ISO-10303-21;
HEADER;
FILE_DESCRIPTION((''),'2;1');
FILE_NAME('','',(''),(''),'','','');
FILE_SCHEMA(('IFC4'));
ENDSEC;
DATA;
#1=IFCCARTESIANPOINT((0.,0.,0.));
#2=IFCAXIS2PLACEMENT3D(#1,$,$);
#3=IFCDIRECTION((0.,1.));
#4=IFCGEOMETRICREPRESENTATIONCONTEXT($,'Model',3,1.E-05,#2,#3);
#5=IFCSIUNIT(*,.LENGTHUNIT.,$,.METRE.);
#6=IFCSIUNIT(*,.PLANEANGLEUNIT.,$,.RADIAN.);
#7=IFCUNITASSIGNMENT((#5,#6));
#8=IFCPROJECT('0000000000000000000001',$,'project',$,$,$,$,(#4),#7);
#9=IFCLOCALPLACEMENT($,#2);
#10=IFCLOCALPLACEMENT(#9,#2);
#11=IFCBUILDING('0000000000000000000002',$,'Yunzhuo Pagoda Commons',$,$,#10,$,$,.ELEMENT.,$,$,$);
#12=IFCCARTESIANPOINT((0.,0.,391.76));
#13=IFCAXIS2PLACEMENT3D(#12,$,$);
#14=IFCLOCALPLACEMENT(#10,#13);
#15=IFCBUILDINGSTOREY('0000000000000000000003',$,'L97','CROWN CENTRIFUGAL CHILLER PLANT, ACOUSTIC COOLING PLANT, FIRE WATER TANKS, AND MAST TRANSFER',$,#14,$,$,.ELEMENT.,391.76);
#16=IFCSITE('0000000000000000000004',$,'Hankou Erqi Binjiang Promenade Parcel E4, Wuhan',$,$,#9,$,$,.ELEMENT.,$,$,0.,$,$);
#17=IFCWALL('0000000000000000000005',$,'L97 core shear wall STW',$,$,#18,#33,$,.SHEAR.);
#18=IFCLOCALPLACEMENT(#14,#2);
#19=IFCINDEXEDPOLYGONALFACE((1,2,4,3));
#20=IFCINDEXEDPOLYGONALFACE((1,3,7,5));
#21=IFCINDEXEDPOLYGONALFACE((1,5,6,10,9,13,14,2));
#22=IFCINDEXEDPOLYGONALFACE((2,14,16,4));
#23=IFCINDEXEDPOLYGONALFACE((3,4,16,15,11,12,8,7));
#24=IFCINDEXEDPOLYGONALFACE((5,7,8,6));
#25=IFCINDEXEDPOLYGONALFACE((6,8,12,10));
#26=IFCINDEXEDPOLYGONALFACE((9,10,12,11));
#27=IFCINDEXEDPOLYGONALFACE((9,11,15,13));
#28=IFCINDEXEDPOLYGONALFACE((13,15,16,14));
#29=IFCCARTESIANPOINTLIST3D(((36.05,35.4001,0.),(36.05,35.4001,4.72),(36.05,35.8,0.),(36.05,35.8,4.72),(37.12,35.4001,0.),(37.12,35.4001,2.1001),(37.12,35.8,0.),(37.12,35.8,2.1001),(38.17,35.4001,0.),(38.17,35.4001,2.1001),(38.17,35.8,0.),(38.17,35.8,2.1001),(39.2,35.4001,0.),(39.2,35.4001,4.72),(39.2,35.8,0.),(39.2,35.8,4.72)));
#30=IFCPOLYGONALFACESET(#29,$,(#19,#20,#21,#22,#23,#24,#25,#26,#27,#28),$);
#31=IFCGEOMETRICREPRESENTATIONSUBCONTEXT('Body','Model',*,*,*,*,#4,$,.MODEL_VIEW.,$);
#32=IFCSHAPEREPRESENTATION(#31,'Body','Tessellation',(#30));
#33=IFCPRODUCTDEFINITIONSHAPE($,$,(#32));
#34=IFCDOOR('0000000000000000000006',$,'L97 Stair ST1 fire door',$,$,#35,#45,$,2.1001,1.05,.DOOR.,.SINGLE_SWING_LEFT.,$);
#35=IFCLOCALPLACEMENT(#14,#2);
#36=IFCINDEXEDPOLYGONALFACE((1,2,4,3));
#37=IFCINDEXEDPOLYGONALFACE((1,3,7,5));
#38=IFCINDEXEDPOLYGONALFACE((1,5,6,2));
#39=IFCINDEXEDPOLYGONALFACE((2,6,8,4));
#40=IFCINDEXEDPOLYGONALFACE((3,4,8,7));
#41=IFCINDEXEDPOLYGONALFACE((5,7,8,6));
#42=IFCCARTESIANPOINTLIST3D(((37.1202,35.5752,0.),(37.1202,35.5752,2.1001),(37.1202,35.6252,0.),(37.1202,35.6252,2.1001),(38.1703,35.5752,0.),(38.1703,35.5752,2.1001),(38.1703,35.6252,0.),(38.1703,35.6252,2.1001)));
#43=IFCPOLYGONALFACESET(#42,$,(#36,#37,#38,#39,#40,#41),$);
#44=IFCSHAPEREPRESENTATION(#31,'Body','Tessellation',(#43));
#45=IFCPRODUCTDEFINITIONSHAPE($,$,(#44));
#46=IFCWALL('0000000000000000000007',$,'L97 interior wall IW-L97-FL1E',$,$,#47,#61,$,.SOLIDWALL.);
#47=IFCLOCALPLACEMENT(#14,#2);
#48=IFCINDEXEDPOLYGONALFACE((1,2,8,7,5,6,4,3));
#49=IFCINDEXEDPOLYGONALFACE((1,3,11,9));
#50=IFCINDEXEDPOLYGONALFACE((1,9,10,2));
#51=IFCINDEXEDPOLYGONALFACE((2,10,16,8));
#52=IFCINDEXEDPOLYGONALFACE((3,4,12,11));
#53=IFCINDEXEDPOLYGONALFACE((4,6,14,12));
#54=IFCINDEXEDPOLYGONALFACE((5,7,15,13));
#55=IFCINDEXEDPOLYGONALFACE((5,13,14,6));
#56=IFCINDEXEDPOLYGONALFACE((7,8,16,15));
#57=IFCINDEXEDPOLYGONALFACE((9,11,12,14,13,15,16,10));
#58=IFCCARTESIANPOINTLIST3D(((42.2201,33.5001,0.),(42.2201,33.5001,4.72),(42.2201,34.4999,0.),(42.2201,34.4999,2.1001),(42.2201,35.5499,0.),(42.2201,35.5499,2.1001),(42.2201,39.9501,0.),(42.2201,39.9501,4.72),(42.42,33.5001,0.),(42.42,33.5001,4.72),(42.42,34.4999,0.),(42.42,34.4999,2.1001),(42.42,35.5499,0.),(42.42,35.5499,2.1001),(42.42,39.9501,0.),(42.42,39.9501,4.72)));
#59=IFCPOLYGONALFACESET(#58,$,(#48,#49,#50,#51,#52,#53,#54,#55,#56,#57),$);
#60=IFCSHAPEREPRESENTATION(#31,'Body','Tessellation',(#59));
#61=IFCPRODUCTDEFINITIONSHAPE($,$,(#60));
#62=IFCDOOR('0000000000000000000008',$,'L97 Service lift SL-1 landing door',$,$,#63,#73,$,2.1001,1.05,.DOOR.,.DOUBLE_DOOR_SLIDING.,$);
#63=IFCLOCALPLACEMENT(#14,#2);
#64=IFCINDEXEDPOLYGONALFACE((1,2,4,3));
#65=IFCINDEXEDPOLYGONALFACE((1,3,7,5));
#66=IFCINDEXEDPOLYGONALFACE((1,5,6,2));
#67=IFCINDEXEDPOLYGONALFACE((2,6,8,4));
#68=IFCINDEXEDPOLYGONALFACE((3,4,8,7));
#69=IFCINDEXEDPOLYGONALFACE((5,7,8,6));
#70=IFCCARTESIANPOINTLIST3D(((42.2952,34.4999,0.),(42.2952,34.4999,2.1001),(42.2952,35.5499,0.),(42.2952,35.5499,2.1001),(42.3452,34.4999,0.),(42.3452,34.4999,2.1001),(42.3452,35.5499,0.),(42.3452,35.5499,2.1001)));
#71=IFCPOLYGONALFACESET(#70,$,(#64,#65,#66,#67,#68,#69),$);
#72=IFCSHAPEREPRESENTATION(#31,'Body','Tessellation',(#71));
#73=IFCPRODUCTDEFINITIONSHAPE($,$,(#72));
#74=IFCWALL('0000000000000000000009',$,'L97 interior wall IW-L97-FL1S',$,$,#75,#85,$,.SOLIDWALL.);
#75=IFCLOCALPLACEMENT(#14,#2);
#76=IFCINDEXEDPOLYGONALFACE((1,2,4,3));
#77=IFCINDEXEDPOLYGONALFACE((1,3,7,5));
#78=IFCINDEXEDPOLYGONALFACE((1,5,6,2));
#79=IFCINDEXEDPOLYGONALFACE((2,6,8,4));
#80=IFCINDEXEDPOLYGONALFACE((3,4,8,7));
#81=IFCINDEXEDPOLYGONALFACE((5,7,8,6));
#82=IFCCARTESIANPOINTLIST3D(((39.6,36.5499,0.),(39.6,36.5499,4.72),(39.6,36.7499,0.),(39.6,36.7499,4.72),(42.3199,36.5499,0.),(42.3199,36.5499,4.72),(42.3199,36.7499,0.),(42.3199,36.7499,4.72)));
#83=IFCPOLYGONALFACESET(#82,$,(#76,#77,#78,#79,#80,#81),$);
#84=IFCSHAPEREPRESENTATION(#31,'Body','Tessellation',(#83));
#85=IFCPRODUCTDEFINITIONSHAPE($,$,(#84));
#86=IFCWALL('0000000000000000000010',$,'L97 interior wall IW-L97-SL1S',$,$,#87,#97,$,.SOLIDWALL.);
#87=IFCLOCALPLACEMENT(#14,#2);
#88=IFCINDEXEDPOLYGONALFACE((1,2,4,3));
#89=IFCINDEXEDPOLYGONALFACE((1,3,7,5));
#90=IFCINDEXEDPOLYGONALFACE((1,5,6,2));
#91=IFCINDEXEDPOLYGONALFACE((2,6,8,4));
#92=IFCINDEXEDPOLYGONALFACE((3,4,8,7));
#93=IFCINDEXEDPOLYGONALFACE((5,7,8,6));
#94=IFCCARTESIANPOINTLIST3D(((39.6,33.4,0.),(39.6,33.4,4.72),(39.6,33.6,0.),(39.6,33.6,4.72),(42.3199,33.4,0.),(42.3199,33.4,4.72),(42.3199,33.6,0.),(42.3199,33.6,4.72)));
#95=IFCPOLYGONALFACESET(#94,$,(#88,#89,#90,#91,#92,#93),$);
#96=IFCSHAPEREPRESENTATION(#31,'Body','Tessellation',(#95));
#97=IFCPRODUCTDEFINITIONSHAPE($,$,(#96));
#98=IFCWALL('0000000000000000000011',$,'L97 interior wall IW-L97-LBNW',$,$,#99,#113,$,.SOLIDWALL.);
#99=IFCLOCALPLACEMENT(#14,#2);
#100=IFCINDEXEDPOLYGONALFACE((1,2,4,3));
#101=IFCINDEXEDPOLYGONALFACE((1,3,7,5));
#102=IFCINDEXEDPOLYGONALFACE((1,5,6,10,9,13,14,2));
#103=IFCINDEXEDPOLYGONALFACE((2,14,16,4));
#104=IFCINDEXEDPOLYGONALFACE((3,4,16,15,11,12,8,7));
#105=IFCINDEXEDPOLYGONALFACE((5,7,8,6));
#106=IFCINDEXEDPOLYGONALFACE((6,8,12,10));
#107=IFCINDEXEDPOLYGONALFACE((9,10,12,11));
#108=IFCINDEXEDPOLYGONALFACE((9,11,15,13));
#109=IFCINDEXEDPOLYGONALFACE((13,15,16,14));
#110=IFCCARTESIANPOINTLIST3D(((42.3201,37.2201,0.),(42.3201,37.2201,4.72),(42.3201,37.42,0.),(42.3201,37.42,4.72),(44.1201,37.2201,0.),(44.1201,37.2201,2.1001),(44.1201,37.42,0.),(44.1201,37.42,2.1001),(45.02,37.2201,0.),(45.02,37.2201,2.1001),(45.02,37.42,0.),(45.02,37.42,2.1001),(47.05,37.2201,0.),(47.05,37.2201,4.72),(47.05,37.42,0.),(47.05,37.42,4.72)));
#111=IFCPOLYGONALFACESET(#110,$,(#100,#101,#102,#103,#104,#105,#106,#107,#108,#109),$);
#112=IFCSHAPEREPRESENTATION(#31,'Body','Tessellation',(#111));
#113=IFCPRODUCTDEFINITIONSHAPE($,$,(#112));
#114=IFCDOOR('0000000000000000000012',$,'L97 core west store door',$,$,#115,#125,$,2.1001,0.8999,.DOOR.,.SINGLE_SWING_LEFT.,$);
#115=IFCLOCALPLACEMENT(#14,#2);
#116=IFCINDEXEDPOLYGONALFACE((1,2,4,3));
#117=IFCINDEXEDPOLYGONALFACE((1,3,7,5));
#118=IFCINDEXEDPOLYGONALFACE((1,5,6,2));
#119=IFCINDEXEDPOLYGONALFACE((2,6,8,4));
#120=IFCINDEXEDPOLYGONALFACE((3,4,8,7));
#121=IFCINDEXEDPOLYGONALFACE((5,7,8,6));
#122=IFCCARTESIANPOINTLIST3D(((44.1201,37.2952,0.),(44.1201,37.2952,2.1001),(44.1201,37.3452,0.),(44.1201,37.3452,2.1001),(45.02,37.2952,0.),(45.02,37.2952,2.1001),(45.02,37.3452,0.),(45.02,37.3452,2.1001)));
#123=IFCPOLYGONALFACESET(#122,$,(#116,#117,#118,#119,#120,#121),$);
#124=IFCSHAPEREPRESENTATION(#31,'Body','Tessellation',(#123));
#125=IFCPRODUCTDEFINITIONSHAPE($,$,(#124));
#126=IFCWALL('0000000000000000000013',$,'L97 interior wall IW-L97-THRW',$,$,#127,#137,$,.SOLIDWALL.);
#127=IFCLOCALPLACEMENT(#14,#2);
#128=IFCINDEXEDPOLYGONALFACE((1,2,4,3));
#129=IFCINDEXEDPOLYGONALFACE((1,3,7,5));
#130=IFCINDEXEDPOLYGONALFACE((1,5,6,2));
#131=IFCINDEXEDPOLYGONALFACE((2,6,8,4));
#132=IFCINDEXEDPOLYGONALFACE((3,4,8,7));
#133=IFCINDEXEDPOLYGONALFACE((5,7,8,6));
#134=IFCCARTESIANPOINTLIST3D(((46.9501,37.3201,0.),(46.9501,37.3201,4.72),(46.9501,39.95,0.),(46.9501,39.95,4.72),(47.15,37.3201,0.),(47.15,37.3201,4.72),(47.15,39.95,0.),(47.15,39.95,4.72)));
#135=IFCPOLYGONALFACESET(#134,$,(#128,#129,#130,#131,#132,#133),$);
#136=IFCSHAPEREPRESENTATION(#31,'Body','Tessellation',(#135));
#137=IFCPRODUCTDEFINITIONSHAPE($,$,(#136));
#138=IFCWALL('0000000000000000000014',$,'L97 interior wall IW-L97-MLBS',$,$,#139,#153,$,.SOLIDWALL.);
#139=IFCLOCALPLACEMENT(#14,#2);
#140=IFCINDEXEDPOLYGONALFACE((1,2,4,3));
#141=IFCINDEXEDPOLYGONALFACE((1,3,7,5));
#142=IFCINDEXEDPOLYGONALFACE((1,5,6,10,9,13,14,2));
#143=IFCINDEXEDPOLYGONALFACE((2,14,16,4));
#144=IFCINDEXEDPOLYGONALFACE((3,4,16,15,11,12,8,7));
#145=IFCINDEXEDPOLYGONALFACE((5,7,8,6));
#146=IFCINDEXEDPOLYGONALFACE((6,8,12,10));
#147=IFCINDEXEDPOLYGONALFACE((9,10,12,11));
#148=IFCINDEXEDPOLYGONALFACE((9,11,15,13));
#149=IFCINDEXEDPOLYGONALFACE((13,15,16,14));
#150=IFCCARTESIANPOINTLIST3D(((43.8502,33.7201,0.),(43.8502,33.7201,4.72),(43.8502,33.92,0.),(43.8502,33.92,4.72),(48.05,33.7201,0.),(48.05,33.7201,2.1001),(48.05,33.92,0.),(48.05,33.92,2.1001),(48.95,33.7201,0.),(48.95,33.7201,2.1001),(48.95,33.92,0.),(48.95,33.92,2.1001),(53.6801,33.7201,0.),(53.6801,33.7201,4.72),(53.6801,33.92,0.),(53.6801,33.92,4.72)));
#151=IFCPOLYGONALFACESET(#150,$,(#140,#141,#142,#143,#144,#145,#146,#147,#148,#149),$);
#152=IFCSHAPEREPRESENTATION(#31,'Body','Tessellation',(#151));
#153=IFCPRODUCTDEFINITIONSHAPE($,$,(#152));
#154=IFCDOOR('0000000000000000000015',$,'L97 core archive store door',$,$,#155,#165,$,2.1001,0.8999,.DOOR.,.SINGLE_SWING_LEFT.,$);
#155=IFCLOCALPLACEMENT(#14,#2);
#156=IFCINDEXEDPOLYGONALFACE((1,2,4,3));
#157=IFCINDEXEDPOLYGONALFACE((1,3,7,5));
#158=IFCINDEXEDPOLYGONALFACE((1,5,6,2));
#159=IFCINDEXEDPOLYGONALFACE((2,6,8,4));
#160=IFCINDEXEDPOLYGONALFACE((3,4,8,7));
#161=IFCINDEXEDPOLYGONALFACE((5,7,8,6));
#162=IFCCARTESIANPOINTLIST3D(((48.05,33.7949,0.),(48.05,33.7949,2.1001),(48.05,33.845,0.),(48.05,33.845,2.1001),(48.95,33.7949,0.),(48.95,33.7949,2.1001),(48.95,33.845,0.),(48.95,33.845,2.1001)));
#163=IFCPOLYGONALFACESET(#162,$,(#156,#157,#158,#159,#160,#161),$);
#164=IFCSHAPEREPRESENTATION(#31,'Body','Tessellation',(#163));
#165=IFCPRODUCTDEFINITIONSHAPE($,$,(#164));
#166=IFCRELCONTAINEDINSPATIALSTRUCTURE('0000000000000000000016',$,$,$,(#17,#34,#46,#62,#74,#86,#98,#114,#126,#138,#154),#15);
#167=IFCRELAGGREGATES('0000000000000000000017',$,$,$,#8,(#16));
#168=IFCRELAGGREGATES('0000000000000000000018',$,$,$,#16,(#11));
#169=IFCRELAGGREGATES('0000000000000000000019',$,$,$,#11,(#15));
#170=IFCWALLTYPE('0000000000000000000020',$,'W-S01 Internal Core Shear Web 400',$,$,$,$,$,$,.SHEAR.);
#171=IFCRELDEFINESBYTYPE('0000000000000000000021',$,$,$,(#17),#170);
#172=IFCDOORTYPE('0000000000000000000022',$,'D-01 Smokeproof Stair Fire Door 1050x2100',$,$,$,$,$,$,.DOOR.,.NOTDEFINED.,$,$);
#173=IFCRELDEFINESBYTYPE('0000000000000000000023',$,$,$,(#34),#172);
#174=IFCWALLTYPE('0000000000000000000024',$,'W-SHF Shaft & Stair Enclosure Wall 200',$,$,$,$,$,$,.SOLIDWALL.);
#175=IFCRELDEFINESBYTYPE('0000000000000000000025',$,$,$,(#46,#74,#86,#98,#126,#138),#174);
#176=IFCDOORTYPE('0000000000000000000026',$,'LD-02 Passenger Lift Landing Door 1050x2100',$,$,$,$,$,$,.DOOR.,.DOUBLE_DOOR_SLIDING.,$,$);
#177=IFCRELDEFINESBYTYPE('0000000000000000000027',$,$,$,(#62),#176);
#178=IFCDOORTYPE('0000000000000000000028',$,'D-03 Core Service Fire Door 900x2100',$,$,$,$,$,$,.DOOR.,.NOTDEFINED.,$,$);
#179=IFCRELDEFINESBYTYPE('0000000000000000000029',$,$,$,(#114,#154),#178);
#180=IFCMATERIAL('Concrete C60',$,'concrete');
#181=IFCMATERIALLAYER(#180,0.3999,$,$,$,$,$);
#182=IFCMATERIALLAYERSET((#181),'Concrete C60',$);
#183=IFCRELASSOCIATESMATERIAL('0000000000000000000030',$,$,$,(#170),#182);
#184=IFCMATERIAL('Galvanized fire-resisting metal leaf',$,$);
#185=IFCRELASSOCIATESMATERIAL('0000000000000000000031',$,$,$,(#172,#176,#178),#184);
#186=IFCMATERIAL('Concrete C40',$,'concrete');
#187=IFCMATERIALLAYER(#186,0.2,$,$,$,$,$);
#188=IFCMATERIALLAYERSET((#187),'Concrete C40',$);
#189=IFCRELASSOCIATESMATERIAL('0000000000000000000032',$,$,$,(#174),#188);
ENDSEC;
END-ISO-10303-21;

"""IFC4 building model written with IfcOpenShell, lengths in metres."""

from ifc_helpers import new_model, si_unit, direction, frame, frame_2d, origin, origin_with_axes, place, context, subcontext, project, spatial, rectangle, extrude, source, transform, mapped, material, layer, layer_set, type_object, element, fill, save


model = new_model("IFC4")

# Units and contexts
model_context = context("Model", 3, precision=1e-05, world=origin(), true_north=direction((0.0, 1.0)))
body_context = subcontext(model_context, "Body", "Model", "MODEL_VIEW")
ifc_project = project(units=[si_unit("LENGTHUNIT", "METRE"), si_unit("PLANEANGLEUNIT", "RADIAN")], contexts=[model_context])

# Site, building, storey
site_placement = place(None, origin())
site = spatial("IfcSite", under=ifc_project, at=site_placement, Name="Hankou Erqi Binjiang Promenade Parcel E4, Wuhan", CompositionType="ELEMENT", RefElevation=0.0)
building_placement = place(site_placement, origin())
building = spatial("IfcBuilding", under=site, at=building_placement, Name="Yunzhuo Pagoda Commons", CompositionType="ELEMENT")
storey_placement = place(building_placement, frame((0.0, 0.0, 391.76)))
storey = spatial("IfcBuildingStorey", under=building, at=storey_placement, Name="L97", Description="CROWN CENTRIFUGAL CHILLER PLANT, ACOUSTIC COOLING PLANT, FIRE WATER TANKS, AND MAST TRANSFER", CompositionType="ELEMENT", Elevation=391.76)

# Walls, openings, doors
ifc_material_1 = material(Name="Concrete C60", Category="concrete")
ifc_layer_1 = layer(ifc_material_1, 0.3999)
ifc_layer_set_1 = layer_set([ifc_layer_1], Name="Concrete C60")
wall_type_1 = type_object("IfcWallType", Name="W-S01 Internal Core Shear Web 400", PredefinedType="SHEAR", material=ifc_layer_set_1)
wall_1_placement = place(storey_placement, frame((36.05, 35.6001, 0.0), z_axis=(0.0, 0.0, 1.0), x_axis=(1.0, 0.0, 0.0)))
wall_1 = element("IfcWall", 1, at=wall_1_placement, inside=storey, type_object=wall_type_1, Name="L97 core shear wall STW", PredefinedType="SHEAR", context=body_context, shape_type="SweptSolid", body=[
    extrude(rectangle(XDim=3.1499, YDim=0.3999, at=frame_2d((1.575, 0.0))), origin(), (0.0, 0.0, 1.0), 4.72),
])
opening_1_placement = place(wall_1_placement, frame((1.0701, 0.0, 0.0)))
opening_1 = element("IfcOpeningElement", 2, at=opening_1_placement, cuts=wall_1, PredefinedType="OPENING", context=body_context, shape_type="SweptSolid", body=[
    extrude(rectangle(XDim=1.05, YDim=2.1001, at=frame_2d((0.5249, 1.05))), frame((0.0, 0.21, 0.0), z_axis=(0.0, -1.0, 0.0), x_axis=(1.0, 0.0, 0.0)), (0.0, 0.0, 1.0), 0.4199),
])
ifc_material_2 = material(Name="Galvanized fire-resisting metal leaf")
door_type_1 = type_object("IfcDoorType", Name="D-01 Smokeproof Stair Fire Door 1050x2100", OperationType="NOTDEFINED", PredefinedType="DOOR", material=ifc_material_2)
shared_shape_1 = source(origin(), body_context, "Body", "SweptSolid", [
    extrude(rectangle(XDim=1.05, YDim=2.1001, at=frame_2d((0.5249, 1.05))), frame((0.0, 0.0249, 0.0), z_axis=(0.0, -1.0, 0.0), x_axis=(1.0, 0.0, 0.0)), (0.0, 0.0, 1.0), 0.05),
])
door_1_placement = place(opening_1_placement, frame((1.05, 0.0, 0.0), z_axis=(0.0, 0.0, 1.0), x_axis=(-1.0, 0.0, 0.0)))
door_1 = element("IfcDoor", 3, at=door_1_placement, inside=storey, type_object=door_type_1, Name="L97 Stair ST1 fire door", OperationType="SINGLE_SWING_LEFT", OverallHeight=2.1001, OverallWidth=1.05, PredefinedType="DOOR", context=body_context, shape_type="MappedRepresentation", body=[
    mapped(shared_shape_1, transform((0.0, 0.0, 0.0), scale=1.0)),
])
fill(opening_1, door_1)
ifc_material_3 = material(Name="Concrete C40", Category="concrete")
ifc_layer_2 = layer(ifc_material_3, 0.2)
ifc_layer_set_2 = layer_set([ifc_layer_2], Name="Concrete C40")
wall_type_2 = type_object("IfcWallType", Name="W-SHF Shaft & Stair Enclosure Wall 200", PredefinedType="SOLIDWALL", material=ifc_layer_set_2)
wall_2_placement = place(storey_placement, frame((42.3201, 33.5, 0.0), z_axis=(0.0, 0.0, 1.0), x_axis=(0.0, 1.0, 0.0)))
wall_2 = element("IfcWall", 4, at=wall_2_placement, inside=storey, type_object=wall_type_2, Name="L97 interior wall IW-L97-FL1E", PredefinedType="SOLIDWALL", context=body_context, shape_type="SweptSolid", body=[
    extrude(rectangle(XDim=6.45, YDim=0.2, at=frame_2d((3.2251, 0.0))), origin(), (0.0, 0.0, 1.0), 4.72),
])
opening_2_placement = place(wall_2_placement, frame((1.0, 0.0, 0.0)))
opening_2 = element("IfcOpeningElement", 5, at=opening_2_placement, cuts=wall_2, PredefinedType="OPENING", context=body_context, shape_type="SweptSolid", body=[
    extrude(rectangle(XDim=1.05, YDim=2.1001, at=frame_2d((0.5249, 1.05))), frame((0.0, 0.1099, 0.0), z_axis=(0.0, -1.0, 0.0), x_axis=(1.0, 0.0, 0.0)), (0.0, 0.0, 1.0), 0.22),
])
door_type_2 = type_object("IfcDoorType", Name="LD-02 Passenger Lift Landing Door 1050x2100", OperationType="DOUBLE_DOOR_SLIDING", PredefinedType="DOOR", material=ifc_material_2)
door_2_placement = place(opening_2_placement, origin_with_axes())
door_2 = element("IfcDoor", 6, at=door_2_placement, inside=storey, type_object=door_type_2, Name="L97 Service lift SL-1 landing door", OperationType="DOUBLE_DOOR_SLIDING", OverallHeight=2.1001, OverallWidth=1.05, PredefinedType="DOOR", context=body_context, shape_type="MappedRepresentation", body=[
    mapped(shared_shape_1, transform((0.0, 0.0, 0.0), scale=1.0)),
])
fill(opening_2, door_2)

# Walls
for number, where, z_axis, x_axis, name in (
    (7, (39.6001, 36.6499, 0.0), (0.0, 0.0, 1.0), (1.0, 0.0, 0.0), "L97 interior wall IW-L97-FL1S"),
    (8, (39.6001, 33.5, 0.0), (0.0, 0.0, 1.0), (1.0, 0.0, 0.0), "L97 interior wall IW-L97-SL1S"),
):
    element("IfcWall", number, at=place(storey_placement, frame(where, z_axis=z_axis, x_axis=x_axis)), inside=storey, type_object=wall_type_2, Name=name, PredefinedType="SOLIDWALL", context=body_context, shape_type="SweptSolid", body=[
        extrude(rectangle(XDim=2.72, YDim=0.2, at=frame_2d((1.3599, 0.0))), origin(), (0.0, 0.0, 1.0), 4.72),
    ])

# Wall, opening, door
wall_3_placement = place(storey_placement, frame((42.3201, 37.3201, 0.0), z_axis=(0.0, 0.0, 1.0), x_axis=(1.0, 0.0, 0.0)))
wall_3 = element("IfcWall", 9, at=wall_3_placement, inside=storey, type_object=wall_type_2, Name="L97 interior wall IW-L97-LBNW", PredefinedType="SOLIDWALL", context=body_context, shape_type="SweptSolid", body=[
    extrude(rectangle(XDim=4.73, YDim=0.2, at=frame_2d((2.365, 0.0))), origin(), (0.0, 0.0, 1.0), 4.72),
])
opening_3_placement = place(wall_3_placement, frame((1.8, 0.0, 0.0)))
opening_3 = element("IfcOpeningElement", 10, at=opening_3_placement, cuts=wall_3, PredefinedType="OPENING", context=body_context, shape_type="SweptSolid", body=[
    extrude(rectangle(XDim=0.8999, YDim=2.1001, at=frame_2d((0.45, 1.05))), frame((0.0, 0.1099, 0.0), z_axis=(0.0, -1.0, 0.0), x_axis=(1.0, 0.0, 0.0)), (0.0, 0.0, 1.0), 0.22),
])
door_type_3 = type_object("IfcDoorType", Name="D-03 Core Service Fire Door 900x2100", OperationType="NOTDEFINED", PredefinedType="DOOR", material=ifc_material_2)
shared_shape_2 = source(origin(), body_context, "Body", "SweptSolid", [
    extrude(rectangle(XDim=0.8999, YDim=2.1001, at=frame_2d((0.45, 1.05))), frame((0.0, 0.0249, 0.0), z_axis=(0.0, -1.0, 0.0), x_axis=(1.0, 0.0, 0.0)), (0.0, 0.0, 1.0), 0.05),
])
door_3_placement = place(opening_3_placement, frame((0.8999, 0.0, 0.0), z_axis=(0.0, 0.0, 1.0), x_axis=(-1.0, 0.0, 0.0)))
door_3 = element("IfcDoor", 11, at=door_3_placement, inside=storey, type_object=door_type_3, Name="L97 core west store door", OperationType="SINGLE_SWING_LEFT", OverallHeight=2.1001, OverallWidth=0.8999, PredefinedType="DOOR", context=body_context, shape_type="MappedRepresentation", body=[
    mapped(shared_shape_2, transform((0.0, 0.0, 0.0), scale=1.0)),
])
fill(opening_3, door_3)

# Wall
wall_4_placement = place(storey_placement, frame((47.05, 37.3201, 0.0), z_axis=(0.0, 0.0, 1.0), x_axis=(0.0, 1.0, 0.0)))
element("IfcWall", 12, at=wall_4_placement, inside=storey, type_object=wall_type_2, Name="L97 interior wall IW-L97-THRW", PredefinedType="SOLIDWALL", context=body_context, shape_type="SweptSolid", body=[
    extrude(rectangle(XDim=2.6299, YDim=0.2, at=frame_2d((1.3149, 0.0))), origin(), (0.0, 0.0, 1.0), 4.72),
])

# Wall, opening, door
wall_5_placement = place(storey_placement, frame((43.8501, 33.8201, 0.0), z_axis=(0.0, 0.0, 1.0), x_axis=(1.0, 0.0, 0.0)))
wall_5 = element("IfcWall", 13, at=wall_5_placement, inside=storey, type_object=wall_type_2, Name="L97 interior wall IW-L97-MLBS", PredefinedType="SOLIDWALL", context=body_context, shape_type="SweptSolid", body=[
    extrude(rectangle(XDim=9.8298, YDim=0.2, at=frame_2d((4.915, 0.0))), origin(), (0.0, 0.0, 1.0), 4.72),
])
opening_4_placement = place(wall_5_placement, frame((4.2, 0.0, 0.0)))
opening_4 = element("IfcOpeningElement", 14, at=opening_4_placement, cuts=wall_5, PredefinedType="OPENING", context=body_context, shape_type="SweptSolid", body=[
    extrude(rectangle(XDim=0.8999, YDim=2.1001, at=frame_2d((0.45, 1.05))), frame((0.0, 0.1099, 0.0), z_axis=(0.0, -1.0, 0.0), x_axis=(1.0, 0.0, 0.0)), (0.0, 0.0, 1.0), 0.22),
])
door_4_placement = place(opening_4_placement, origin_with_axes())
door_4 = element("IfcDoor", 15, at=door_4_placement, inside=storey, type_object=door_type_3, Name="L97 core archive store door", OperationType="SINGLE_SWING_LEFT", OverallHeight=2.1001, OverallWidth=0.8999, PredefinedType="DOOR", context=body_context, shape_type="MappedRepresentation", body=[
    mapped(shared_shape_2, transform((0.0, 0.0, 0.0), scale=1.0)),
])
fill(opening_4, door_4)

save(model, "model.ifc")
